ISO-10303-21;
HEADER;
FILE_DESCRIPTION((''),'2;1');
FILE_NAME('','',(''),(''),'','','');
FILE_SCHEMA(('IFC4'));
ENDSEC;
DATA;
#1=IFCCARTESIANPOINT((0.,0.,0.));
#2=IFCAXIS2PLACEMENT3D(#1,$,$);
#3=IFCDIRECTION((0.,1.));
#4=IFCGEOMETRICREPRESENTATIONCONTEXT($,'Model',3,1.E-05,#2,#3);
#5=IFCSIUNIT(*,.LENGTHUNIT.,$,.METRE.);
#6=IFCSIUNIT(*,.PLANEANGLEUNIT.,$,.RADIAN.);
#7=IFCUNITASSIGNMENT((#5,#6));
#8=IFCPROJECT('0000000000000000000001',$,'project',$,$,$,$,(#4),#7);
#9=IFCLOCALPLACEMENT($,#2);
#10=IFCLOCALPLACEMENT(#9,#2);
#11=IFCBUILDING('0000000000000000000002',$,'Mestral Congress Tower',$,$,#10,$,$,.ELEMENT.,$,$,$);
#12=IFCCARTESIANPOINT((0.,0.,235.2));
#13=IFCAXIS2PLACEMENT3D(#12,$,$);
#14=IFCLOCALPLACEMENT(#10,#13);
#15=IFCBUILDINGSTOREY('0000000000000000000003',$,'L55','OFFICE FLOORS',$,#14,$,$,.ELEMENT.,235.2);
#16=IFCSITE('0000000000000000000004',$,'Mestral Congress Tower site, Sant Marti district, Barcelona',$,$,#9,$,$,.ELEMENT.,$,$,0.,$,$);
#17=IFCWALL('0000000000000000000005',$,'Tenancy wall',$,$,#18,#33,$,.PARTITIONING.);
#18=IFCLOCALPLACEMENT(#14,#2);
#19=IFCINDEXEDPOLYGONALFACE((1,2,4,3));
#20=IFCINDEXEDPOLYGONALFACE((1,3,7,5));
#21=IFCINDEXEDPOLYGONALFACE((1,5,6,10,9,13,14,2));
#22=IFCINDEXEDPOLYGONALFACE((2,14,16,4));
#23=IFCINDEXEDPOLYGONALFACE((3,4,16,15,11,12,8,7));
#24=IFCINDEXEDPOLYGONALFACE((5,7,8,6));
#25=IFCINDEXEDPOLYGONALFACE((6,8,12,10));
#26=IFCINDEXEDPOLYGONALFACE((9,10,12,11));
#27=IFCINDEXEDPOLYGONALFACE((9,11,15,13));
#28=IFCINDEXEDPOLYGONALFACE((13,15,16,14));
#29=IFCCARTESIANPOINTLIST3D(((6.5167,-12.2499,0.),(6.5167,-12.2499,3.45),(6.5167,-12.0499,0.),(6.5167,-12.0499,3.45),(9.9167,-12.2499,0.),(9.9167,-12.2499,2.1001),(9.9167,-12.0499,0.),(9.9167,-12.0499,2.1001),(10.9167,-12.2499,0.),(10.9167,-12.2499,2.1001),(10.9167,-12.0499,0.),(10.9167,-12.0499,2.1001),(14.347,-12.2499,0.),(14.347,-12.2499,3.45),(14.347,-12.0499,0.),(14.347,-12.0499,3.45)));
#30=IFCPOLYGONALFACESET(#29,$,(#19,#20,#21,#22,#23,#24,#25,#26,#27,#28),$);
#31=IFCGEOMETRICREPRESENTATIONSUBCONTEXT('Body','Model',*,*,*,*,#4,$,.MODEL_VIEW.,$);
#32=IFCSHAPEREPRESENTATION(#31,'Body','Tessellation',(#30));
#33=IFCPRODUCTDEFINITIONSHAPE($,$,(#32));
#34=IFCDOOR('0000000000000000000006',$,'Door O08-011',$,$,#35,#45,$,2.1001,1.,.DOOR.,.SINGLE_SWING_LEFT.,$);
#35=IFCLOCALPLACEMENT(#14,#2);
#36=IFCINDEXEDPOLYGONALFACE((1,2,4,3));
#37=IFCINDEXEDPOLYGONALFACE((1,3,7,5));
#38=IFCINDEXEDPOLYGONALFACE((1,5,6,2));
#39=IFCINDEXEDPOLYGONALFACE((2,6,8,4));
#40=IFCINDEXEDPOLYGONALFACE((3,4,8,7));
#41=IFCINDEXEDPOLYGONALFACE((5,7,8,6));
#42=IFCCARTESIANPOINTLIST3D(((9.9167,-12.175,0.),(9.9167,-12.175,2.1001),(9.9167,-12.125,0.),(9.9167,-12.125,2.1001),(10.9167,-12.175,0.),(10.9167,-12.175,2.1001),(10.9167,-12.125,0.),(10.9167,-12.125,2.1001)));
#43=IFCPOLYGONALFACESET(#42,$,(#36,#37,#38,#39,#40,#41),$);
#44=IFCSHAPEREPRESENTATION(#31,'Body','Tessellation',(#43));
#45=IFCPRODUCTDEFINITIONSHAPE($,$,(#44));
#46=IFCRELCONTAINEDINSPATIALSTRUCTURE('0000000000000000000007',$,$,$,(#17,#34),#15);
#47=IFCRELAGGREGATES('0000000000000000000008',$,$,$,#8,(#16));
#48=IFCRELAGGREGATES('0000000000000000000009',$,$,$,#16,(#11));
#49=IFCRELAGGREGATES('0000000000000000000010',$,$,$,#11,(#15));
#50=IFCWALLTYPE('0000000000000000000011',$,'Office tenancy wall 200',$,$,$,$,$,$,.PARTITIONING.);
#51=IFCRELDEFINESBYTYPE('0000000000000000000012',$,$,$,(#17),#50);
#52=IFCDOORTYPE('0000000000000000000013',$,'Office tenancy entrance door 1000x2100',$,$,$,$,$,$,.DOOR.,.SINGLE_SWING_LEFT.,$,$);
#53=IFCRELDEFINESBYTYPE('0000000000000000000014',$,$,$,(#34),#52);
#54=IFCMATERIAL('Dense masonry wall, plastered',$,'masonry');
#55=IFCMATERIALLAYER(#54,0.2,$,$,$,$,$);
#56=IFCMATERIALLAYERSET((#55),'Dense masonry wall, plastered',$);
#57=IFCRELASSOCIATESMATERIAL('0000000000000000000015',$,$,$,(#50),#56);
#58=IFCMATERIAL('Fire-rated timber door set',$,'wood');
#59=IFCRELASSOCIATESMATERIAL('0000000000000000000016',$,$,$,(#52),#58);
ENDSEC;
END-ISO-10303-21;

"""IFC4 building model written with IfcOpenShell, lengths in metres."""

from ifc_helpers import new_model, si_unit, direction, frame, frame_2d, origin, place, context, subcontext, project, spatial, rectangle, extrude, material, layer, layer_set, type_object, element, fill, save


model = new_model("IFC4")

# Units and contexts
model_context = context("Model", 3, precision=1e-05, world=origin(), true_north=direction((0.0, 1.0)))
body_context = subcontext(model_context, "Body", "Model", "MODEL_VIEW")
ifc_project = project(units=[si_unit("LENGTHUNIT", "METRE"), si_unit("PLANEANGLEUNIT", "RADIAN")], contexts=[model_context])

# Site, building, storey
site_placement = place(None, origin())
site = spatial("IfcSite", under=ifc_project, at=site_placement, Name="Mestral Congress Tower site, Sant Marti district, Barcelona", CompositionType="ELEMENT", RefElevation=0.0)
building_placement = place(site_placement, origin())
building = spatial("IfcBuilding", under=site, at=building_placement, Name="Mestral Congress Tower", CompositionType="ELEMENT")
storey_placement = place(building_placement, frame((0.0, 0.0, 235.2)))
storey = spatial("IfcBuildingStorey", under=building, at=storey_placement, Name="L55", Description="OFFICE FLOORS", CompositionType="ELEMENT", Elevation=235.2)

# Shared definitions
ifc_material_1 = material(Name="Dense masonry wall, plastered", Category="masonry")
ifc_layer_1 = layer(ifc_material_1, 0.2)
ifc_layer_set_1 = layer_set([ifc_layer_1], Name="Dense masonry wall, plastered")
wall_type_1 = type_object("IfcWallType", Name="Office tenancy wall 200", PredefinedType="PARTITIONING", material=ifc_layer_set_1)

# Wall, opening, door
wall_1_placement = place(storey_placement, frame((6.5168, -12.1499, 0.0), z_axis=(0.0, 0.0, 1.0), x_axis=(1.0, 0.0, 0.0)))
wall_1 = element("IfcWall", 1, at=wall_1_placement, inside=storey, type_object=wall_type_1, Name="Tenancy wall", PredefinedType="PARTITIONING", context=body_context, shape_type="SweptSolid", body=[
    extrude(rectangle(XDim=7.8303, YDim=0.2, at=frame_2d((3.915, 0.0))), origin(), (0.0, 0.0, 1.0), 3.45),
])
opening_1_placement = place(wall_1_placement, frame((3.3999, 0.0, 0.0)))
opening_1 = element("IfcOpeningElement", 2, at=opening_1_placement, cuts=wall_1, PredefinedType="OPENING", context=body_context, shape_type="SweptSolid", body=[
    extrude(rectangle(XDim=1.0, YDim=2.1001, at=frame_2d((0.5, 1.05))), frame((0.0, 0.1099, 0.0), z_axis=(0.0, -1.0, 0.0), x_axis=(1.0, 0.0, 0.0)), (0.0, 0.0, 1.0), 0.22),
])
ifc_material_2 = material(Name="Fire-rated timber door set", Category="wood")
door_type_1 = type_object("IfcDoorType", Name="Office tenancy entrance door 1000x2100", OperationType="SINGLE_SWING_LEFT", PredefinedType="DOOR", material=ifc_material_2)
door_1_placement = place(opening_1_placement, origin())
door_1 = element("IfcDoor", 3, at=door_1_placement, inside=storey, type_object=door_type_1, Name="Door O08-011", OperationType="SINGLE_SWING_LEFT", OverallHeight=2.1001, OverallWidth=1.0, PredefinedType="DOOR", context=body_context, shape_type="SweptSolid", body=[
    extrude(rectangle(XDim=1.0, YDim=2.1001, at=frame_2d((0.5, 1.05))), frame((0.0, 0.0249, 0.0), z_axis=(0.0, -1.0, 0.0), x_axis=(1.0, 0.0, 0.0)), (0.0, 0.0, 1.0), 0.05),
])
fill(opening_1, door_1)

save(model, "model.ifc")
